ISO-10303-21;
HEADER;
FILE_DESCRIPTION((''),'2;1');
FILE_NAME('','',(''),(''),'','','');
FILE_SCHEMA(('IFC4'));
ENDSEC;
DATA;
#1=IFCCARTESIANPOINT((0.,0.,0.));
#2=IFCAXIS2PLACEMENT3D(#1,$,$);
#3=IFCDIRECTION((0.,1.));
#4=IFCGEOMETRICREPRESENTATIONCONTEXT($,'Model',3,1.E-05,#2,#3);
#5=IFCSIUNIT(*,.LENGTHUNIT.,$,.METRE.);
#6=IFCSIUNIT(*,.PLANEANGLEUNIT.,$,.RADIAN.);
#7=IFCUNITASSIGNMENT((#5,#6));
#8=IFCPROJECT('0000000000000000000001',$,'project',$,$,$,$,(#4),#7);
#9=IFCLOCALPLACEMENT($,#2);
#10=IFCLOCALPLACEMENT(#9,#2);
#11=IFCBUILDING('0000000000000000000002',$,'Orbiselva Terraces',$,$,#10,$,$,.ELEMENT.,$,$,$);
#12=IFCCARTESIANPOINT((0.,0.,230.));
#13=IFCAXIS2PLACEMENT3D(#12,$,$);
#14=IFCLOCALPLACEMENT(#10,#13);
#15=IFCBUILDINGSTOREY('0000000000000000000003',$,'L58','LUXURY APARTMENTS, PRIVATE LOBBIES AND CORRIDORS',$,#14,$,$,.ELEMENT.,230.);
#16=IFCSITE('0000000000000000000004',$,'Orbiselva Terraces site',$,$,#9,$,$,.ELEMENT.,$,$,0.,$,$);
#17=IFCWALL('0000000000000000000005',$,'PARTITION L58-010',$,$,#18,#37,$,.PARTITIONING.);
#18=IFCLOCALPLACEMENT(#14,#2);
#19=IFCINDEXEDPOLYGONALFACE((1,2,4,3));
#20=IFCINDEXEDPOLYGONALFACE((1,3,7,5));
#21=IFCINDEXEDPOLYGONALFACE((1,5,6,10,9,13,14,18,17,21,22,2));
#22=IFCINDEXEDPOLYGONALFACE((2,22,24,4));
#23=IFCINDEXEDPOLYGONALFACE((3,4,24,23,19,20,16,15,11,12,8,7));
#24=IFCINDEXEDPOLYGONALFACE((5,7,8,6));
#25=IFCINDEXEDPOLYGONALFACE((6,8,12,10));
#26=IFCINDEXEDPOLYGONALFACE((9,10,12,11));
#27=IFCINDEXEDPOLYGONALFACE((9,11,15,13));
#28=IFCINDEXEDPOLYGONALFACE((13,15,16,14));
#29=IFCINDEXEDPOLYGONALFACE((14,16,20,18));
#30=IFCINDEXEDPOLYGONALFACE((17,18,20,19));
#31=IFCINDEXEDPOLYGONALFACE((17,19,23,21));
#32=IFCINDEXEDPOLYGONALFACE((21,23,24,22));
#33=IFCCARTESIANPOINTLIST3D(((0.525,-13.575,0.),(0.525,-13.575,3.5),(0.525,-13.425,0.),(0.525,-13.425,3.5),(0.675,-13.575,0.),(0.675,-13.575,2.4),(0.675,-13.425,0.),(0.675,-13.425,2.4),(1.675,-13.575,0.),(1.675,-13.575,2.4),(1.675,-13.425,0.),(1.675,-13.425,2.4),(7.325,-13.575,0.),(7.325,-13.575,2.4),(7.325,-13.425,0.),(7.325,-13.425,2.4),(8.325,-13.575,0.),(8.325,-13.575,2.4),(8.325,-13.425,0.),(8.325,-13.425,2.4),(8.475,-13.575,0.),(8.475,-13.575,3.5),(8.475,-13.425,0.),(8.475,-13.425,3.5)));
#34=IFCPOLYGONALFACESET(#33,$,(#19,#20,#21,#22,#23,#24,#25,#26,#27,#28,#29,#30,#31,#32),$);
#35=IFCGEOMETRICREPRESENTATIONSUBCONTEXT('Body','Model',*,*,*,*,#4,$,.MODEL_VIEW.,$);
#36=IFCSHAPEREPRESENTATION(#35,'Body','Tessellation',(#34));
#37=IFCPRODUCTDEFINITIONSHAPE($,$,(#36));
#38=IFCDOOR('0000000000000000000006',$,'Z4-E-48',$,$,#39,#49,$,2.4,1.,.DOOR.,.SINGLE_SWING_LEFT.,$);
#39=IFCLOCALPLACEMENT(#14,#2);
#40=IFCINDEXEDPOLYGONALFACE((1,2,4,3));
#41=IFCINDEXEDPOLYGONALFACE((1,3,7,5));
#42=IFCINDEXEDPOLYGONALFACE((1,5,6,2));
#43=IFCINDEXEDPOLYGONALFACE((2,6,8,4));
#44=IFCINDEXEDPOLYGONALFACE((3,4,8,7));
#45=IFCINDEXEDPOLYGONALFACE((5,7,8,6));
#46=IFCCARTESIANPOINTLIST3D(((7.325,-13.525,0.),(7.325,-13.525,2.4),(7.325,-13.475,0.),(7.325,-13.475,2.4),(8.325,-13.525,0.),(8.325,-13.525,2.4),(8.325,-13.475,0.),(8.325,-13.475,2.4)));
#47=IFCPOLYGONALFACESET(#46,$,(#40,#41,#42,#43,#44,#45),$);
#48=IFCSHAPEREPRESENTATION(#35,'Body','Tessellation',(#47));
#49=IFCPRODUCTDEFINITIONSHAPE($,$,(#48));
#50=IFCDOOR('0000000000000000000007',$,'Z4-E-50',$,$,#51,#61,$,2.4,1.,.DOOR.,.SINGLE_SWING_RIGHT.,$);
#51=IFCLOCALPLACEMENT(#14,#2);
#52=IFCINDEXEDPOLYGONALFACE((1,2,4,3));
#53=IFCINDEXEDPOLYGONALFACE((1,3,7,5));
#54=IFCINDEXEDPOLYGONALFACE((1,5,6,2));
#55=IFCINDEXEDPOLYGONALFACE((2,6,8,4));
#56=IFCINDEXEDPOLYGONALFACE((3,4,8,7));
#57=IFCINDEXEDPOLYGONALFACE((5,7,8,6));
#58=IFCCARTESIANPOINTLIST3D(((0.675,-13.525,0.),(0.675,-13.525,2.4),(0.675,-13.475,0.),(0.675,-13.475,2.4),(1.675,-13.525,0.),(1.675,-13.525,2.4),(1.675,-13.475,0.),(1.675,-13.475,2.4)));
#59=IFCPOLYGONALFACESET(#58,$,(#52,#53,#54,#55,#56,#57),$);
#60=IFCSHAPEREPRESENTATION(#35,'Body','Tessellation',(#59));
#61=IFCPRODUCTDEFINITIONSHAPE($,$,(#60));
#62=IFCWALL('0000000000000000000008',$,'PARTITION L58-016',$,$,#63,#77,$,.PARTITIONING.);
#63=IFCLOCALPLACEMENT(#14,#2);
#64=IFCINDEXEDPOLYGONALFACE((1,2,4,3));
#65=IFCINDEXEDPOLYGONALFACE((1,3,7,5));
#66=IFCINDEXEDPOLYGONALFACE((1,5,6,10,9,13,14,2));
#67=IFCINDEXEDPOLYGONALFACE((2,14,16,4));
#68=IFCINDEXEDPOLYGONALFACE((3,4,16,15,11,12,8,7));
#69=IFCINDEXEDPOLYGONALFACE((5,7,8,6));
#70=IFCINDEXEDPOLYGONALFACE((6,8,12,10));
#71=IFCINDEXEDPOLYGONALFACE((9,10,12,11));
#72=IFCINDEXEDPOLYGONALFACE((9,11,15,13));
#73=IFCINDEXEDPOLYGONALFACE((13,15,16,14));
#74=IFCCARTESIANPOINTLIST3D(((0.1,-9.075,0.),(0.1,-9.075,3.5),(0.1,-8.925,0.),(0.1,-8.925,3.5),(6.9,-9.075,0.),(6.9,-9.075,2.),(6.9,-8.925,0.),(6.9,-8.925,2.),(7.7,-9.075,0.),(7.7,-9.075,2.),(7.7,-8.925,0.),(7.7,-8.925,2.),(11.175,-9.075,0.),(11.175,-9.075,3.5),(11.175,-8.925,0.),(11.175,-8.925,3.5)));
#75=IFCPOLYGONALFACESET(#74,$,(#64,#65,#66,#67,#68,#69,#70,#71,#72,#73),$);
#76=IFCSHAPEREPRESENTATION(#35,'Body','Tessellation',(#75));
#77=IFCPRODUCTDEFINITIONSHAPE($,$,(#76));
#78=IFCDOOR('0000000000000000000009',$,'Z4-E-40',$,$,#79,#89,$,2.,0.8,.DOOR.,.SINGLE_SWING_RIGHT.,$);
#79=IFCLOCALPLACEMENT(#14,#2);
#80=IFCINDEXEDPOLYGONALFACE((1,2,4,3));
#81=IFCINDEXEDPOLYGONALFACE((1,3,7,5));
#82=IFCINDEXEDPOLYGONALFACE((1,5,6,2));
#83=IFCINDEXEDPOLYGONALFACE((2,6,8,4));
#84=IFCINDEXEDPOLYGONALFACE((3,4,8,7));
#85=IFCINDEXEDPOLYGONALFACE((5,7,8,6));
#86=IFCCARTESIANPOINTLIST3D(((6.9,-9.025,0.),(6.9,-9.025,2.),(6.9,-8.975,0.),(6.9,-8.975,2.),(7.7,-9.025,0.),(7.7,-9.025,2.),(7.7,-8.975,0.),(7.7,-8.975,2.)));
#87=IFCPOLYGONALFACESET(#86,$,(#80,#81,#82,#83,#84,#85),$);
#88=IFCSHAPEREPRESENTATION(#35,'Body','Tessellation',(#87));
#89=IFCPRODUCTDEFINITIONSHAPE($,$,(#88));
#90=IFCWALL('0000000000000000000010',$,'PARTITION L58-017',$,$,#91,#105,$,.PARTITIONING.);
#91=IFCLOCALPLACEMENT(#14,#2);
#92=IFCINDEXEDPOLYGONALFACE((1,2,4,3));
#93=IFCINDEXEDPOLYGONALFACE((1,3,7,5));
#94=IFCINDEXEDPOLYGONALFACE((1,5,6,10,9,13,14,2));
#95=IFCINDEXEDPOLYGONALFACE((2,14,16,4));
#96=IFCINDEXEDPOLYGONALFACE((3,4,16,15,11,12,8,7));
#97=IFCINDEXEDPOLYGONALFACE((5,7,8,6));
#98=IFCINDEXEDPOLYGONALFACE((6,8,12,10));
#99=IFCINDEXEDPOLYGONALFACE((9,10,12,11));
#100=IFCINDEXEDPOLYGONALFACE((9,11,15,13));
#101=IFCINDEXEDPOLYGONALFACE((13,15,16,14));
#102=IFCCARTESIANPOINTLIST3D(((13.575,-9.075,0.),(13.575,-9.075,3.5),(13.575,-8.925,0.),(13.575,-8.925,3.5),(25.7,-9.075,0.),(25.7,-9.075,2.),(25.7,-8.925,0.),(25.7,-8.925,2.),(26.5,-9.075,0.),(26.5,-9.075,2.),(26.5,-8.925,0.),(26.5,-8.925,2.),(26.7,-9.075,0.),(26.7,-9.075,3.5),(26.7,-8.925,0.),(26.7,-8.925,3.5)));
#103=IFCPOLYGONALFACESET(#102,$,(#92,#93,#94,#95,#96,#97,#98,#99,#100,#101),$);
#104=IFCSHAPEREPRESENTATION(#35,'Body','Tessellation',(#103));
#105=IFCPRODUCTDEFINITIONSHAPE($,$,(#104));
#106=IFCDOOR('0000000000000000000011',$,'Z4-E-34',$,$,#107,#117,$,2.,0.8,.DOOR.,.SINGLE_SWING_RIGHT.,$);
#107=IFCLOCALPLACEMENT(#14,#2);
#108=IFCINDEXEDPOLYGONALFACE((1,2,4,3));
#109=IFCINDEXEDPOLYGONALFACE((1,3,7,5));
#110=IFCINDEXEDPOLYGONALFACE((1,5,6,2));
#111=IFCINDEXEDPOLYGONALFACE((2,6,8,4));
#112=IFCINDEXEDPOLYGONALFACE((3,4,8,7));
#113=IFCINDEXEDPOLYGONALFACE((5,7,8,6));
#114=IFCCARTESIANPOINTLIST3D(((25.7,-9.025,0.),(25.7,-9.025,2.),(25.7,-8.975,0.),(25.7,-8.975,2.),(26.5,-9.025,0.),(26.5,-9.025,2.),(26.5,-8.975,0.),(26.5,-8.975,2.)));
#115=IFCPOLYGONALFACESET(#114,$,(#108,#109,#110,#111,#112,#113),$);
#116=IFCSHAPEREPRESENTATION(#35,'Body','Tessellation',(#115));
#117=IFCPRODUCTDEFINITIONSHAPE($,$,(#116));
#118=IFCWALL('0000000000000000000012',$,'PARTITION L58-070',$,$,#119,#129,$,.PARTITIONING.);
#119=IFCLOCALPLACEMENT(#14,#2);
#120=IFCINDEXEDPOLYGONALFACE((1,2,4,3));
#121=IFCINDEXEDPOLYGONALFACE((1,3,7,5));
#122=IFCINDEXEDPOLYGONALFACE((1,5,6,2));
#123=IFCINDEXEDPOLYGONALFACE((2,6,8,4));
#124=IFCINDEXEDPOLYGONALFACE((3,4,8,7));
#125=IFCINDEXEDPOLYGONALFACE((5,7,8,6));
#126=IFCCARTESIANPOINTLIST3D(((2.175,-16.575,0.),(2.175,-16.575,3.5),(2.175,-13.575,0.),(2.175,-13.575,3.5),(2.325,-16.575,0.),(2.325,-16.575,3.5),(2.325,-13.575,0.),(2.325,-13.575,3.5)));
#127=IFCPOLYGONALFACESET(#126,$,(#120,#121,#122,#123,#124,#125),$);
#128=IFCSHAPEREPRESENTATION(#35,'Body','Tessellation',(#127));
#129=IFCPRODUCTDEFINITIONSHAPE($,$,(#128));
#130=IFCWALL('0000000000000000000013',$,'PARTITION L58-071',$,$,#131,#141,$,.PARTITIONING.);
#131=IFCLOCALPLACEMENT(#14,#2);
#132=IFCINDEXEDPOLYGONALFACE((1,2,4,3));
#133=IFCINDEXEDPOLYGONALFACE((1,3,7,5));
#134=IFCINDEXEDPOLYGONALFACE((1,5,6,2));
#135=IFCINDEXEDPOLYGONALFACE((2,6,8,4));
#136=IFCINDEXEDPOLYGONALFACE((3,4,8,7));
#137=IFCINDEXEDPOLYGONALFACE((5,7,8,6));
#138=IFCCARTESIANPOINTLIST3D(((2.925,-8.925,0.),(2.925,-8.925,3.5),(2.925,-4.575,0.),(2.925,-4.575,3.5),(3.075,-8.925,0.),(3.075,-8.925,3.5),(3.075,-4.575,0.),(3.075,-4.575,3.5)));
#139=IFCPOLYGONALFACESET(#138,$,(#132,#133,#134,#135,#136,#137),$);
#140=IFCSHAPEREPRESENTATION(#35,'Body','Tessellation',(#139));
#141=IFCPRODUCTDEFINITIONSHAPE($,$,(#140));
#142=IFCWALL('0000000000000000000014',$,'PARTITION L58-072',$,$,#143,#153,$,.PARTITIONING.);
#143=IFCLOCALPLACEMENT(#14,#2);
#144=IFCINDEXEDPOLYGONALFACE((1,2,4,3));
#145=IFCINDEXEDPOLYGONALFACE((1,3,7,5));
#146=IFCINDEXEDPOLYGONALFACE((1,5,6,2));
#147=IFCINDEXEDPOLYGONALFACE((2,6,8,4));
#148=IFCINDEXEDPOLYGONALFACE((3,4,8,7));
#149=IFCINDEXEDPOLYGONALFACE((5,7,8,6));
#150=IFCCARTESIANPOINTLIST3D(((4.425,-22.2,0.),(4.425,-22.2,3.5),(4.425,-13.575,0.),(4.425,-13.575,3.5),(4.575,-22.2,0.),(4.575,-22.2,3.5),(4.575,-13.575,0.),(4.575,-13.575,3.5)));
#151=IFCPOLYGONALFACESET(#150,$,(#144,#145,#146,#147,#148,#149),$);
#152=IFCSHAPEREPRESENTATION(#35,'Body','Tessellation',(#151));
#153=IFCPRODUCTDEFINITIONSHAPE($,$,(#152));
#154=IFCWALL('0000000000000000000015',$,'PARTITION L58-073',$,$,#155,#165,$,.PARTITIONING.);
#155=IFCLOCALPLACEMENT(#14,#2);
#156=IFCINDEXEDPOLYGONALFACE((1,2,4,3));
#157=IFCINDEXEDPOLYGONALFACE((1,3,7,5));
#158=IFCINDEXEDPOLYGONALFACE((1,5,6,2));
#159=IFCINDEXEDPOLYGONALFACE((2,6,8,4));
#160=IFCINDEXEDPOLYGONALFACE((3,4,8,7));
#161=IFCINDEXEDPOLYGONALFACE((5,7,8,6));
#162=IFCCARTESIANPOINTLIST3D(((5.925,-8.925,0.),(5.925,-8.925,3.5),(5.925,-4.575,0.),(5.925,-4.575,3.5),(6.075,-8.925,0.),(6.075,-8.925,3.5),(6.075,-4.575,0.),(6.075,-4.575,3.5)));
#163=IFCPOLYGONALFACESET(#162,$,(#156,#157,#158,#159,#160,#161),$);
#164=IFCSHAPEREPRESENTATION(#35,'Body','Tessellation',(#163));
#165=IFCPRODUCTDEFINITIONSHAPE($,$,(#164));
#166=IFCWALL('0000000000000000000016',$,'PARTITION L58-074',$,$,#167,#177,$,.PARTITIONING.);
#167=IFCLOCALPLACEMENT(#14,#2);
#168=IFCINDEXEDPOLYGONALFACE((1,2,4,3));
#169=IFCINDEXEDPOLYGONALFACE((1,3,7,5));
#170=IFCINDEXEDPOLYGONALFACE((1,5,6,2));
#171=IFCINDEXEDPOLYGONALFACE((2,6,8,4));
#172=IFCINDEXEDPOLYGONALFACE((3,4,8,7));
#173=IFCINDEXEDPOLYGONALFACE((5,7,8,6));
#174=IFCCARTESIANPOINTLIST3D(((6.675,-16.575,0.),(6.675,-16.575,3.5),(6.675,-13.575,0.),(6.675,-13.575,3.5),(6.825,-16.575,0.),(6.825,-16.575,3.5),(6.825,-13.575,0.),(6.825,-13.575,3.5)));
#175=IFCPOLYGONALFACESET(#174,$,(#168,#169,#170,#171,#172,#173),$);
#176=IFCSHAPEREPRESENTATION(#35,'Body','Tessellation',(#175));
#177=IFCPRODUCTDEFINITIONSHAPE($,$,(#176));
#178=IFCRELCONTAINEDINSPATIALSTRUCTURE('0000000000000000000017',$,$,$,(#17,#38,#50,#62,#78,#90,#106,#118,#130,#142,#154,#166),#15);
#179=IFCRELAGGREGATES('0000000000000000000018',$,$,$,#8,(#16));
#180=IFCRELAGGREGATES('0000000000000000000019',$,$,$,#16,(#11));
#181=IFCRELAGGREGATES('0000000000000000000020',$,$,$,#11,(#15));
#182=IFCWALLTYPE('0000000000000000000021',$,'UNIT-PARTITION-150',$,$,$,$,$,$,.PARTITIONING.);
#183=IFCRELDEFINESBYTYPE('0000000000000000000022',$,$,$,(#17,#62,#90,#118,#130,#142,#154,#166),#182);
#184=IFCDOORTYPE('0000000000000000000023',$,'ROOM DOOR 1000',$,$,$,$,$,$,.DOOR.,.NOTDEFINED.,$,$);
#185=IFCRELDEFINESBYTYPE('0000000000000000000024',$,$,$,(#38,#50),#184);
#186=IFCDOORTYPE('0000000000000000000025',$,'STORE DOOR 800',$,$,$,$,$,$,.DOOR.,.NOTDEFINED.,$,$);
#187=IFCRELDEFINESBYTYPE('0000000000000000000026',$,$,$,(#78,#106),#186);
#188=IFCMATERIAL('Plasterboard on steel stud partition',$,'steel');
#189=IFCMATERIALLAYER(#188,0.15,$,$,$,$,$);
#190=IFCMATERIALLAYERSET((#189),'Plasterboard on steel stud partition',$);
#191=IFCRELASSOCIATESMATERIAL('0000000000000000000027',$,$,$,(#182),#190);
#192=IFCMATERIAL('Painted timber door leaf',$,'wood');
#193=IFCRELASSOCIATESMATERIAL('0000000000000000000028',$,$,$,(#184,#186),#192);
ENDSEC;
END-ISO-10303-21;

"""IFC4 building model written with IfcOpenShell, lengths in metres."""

from ifc_helpers import new_model, si_unit, direction, frame, frame_2d, origin, place, context, subcontext, project, spatial, rectangle, extrude, material, layer, layer_set, type_object, element, fill, save


model = new_model("IFC4")

# Units and contexts
model_context = context("Model", 3, precision=1e-05, world=origin(), true_north=direction((0.0, 1.0)))
body_context = subcontext(model_context, "Body", "Model", "MODEL_VIEW")
ifc_project = project(units=[si_unit("LENGTHUNIT", "METRE"), si_unit("PLANEANGLEUNIT", "RADIAN")], contexts=[model_context])

# Site, building, storey
site_placement = place(None, origin())
site = spatial("IfcSite", under=ifc_project, at=site_placement, Name="Orbiselva Terraces site", CompositionType="ELEMENT", RefElevation=0.0)
building_placement = place(site_placement, origin())
building = spatial("IfcBuilding", under=site, at=building_placement, Name="Orbiselva Terraces", CompositionType="ELEMENT")
storey_placement = place(building_placement, frame((0.0, 0.0, 230.0)))
storey = spatial("IfcBuildingStorey", under=building, at=storey_placement, Name="L58", Description="LUXURY APARTMENTS, PRIVATE LOBBIES AND CORRIDORS", CompositionType="ELEMENT", Elevation=230.0)

# Shared definitions
ifc_material_1 = material(Name="Plasterboard on steel stud partition", Category="steel")

# Shared definitions
ifc_layer_1 = layer(ifc_material_1, 0.15)
ifc_layer_set_1 = layer_set([ifc_layer_1], Name="Plasterboard on steel stud partition")
wall_type_1 = type_object("IfcWallType", Name="UNIT-PARTITION-150", PredefinedType="PARTITIONING", material=ifc_layer_set_1)
ifc_material_2 = material(Name="Painted timber door leaf", Category="wood")

# Wall, openings, doors
wall_1_placement = place(storey_placement, frame((8.475, -13.5, 0.0), z_axis=(0.0, 0.0, 1.0), x_axis=(-1.0, 0.0, 0.0)))
wall_1 = element("IfcWall", 1, at=wall_1_placement, inside=storey, type_object=wall_type_1, Name="PARTITION L58-010", PredefinedType="PARTITIONING", context=body_context, shape_type="SweptSolid", body=[
    extrude(rectangle(XDim=7.95, YDim=0.15, at=frame_2d((3.975, 0.0))), origin(), (0.0, 0.0, 1.0), 3.5),
])
opening_1_placement = place(wall_1_placement, frame((0.15, 0.0, 0.0)))
opening_1 = element("IfcOpeningElement", 2, at=opening_1_placement, cuts=wall_1, PredefinedType="OPENING", context=body_context, shape_type="SweptSolid", body=[
    extrude(rectangle(XDim=1.0, YDim=2.4, at=frame_2d((0.5, 1.2))), frame((0.0, 0.085, 0.0), z_axis=(0.0, -1.0, 0.0), x_axis=(1.0, 0.0, 0.0)), (0.0, 0.0, 1.0), 0.17),
])
opening_2_placement = place(wall_1_placement, frame((6.8, 0.0, 0.0)))
opening_2 = element("IfcOpeningElement", 3, at=opening_2_placement, cuts=wall_1, PredefinedType="OPENING", context=body_context, shape_type="SweptSolid", body=[
    extrude(rectangle(XDim=1.0, YDim=2.4, at=frame_2d((0.5, 1.2))), frame((0.0, 0.085, 0.0), z_axis=(0.0, -1.0, 0.0), x_axis=(1.0, 0.0, 0.0)), (0.0, 0.0, 1.0), 0.17),
])
door_type_1 = type_object("IfcDoorType", Name="ROOM DOOR 1000", OperationType="NOTDEFINED", PredefinedType="DOOR", material=ifc_material_2)
door_1_placement = place(opening_1_placement, origin())
door_1 = element("IfcDoor", 4, at=door_1_placement, inside=storey, type_object=door_type_1, Name="Z4-E-48", OperationType="SINGLE_SWING_LEFT", OverallHeight=2.4, OverallWidth=1.0, PredefinedType="DOOR", context=body_context, shape_type="SweptSolid", body=[
    extrude(rectangle(XDim=1.0, YDim=2.4, at=frame_2d((0.5, 1.2))), frame((0.0, 0.025, 0.0), z_axis=(0.0, -1.0, 0.0), x_axis=(1.0, 0.0, 0.0)), (0.0, 0.0, 1.0), 0.05),
])
fill(opening_1, door_1)
door_2_placement = place(opening_2_placement, origin())
door_2 = element("IfcDoor", 5, at=door_2_placement, inside=storey, type_object=door_type_1, Name="Z4-E-50", OperationType="SINGLE_SWING_RIGHT", OverallHeight=2.4, OverallWidth=1.0, PredefinedType="DOOR", context=body_context, shape_type="SweptSolid", body=[
    extrude(rectangle(XDim=1.0, YDim=2.4, at=frame_2d((0.5, 1.2))), frame((0.0, 0.025, 0.0), z_axis=(0.0, -1.0, 0.0), x_axis=(1.0, 0.0, 0.0)), (0.0, 0.0, 1.0), 0.05),
])
fill(opening_2, door_2)

# Walls, openings, doors
wall_2_placement = place(storey_placement, frame((0.1, -9.0, 0.0), z_axis=(0.0, 0.0, 1.0), x_axis=(1.0, 0.0, 0.0)))
wall_2 = element("IfcWall", 6, at=wall_2_placement, inside=storey, type_object=wall_type_1, Name="PARTITION L58-016", PredefinedType="PARTITIONING", context=body_context, shape_type="SweptSolid", body=[
    extrude(rectangle(XDim=11.075, YDim=0.15, at=frame_2d((5.5375, 0.0))), origin(), (0.0, 0.0, 1.0), 3.5),
])
opening_3_placement = place(wall_2_placement, frame((6.8, 0.0, 0.0)))
opening_3 = element("IfcOpeningElement", 7, at=opening_3_placement, cuts=wall_2, PredefinedType="OPENING", context=body_context, shape_type="SweptSolid", body=[
    extrude(rectangle(XDim=0.8, YDim=2.0, at=frame_2d((0.4, 1.0))), frame((0.0, 0.085, 0.0), z_axis=(0.0, -1.0, 0.0), x_axis=(1.0, 0.0, 0.0)), (0.0, 0.0, 1.0), 0.17),
])
door_type_2 = type_object("IfcDoorType", Name="STORE DOOR 800", OperationType="NOTDEFINED", PredefinedType="DOOR", material=ifc_material_2)
door_3_placement = place(opening_3_placement, origin())
door_3 = element("IfcDoor", 8, at=door_3_placement, inside=storey, type_object=door_type_2, Name="Z4-E-40", OperationType="SINGLE_SWING_RIGHT", OverallHeight=2.0, OverallWidth=0.8, PredefinedType="DOOR", context=body_context, shape_type="SweptSolid", body=[
    extrude(rectangle(XDim=0.8, YDim=2.0, at=frame_2d((0.4, 1.0))), frame((0.0, 0.025, 0.0), z_axis=(0.0, -1.0, 0.0), x_axis=(1.0, 0.0, 0.0)), (0.0, 0.0, 1.0), 0.05),
])
fill(opening_3, door_3)
wall_3_placement = place(storey_placement, frame((13.575, -9.0, 0.0), z_axis=(0.0, 0.0, 1.0), x_axis=(1.0, 0.0, 0.0)))
wall_3 = element("IfcWall", 9, at=wall_3_placement, inside=storey, type_object=wall_type_1, Name="PARTITION L58-017", PredefinedType="PARTITIONING", context=body_context, shape_type="SweptSolid", body=[
    extrude(rectangle(XDim=13.125, YDim=0.15, at=frame_2d((6.5625, 0.0))), origin(), (0.0, 0.0, 1.0), 3.5),
])
opening_4_placement = place(wall_3_placement, frame((12.125, 0.0, 0.0)))
opening_4 = element("IfcOpeningElement", 10, at=opening_4_placement, cuts=wall_3, PredefinedType="OPENING", context=body_context, shape_type="SweptSolid", body=[
    extrude(rectangle(XDim=0.8, YDim=2.0, at=frame_2d((0.4, 1.0))), frame((0.0, 0.085, 0.0), z_axis=(0.0, -1.0, 0.0), x_axis=(1.0, 0.0, 0.0)), (0.0, 0.0, 1.0), 0.17),
])
door_4_placement = place(opening_4_placement, origin())
door_4 = element("IfcDoor", 11, at=door_4_placement, inside=storey, type_object=door_type_2, Name="Z4-E-34", OperationType="SINGLE_SWING_RIGHT", OverallHeight=2.0, OverallWidth=0.8, PredefinedType="DOOR", context=body_context, shape_type="SweptSolid", body=[
    extrude(rectangle(XDim=0.8, YDim=2.0, at=frame_2d((0.4, 1.0))), frame((0.0, 0.025, 0.0), z_axis=(0.0, -1.0, 0.0), x_axis=(1.0, 0.0, 0.0)), (0.0, 0.0, 1.0), 0.05),
])
fill(opening_4, door_4)

# Walls
wall_4_placement = place(storey_placement, frame((2.25, -16.575, 0.0), z_axis=(0.0, 0.0, 1.0), x_axis=(0.0, 1.0, 0.0)))
element("IfcWall", 12, at=wall_4_placement, inside=storey, type_object=wall_type_1, Name="PARTITION L58-070", PredefinedType="PARTITIONING", context=body_context, shape_type="SweptSolid", body=[
    extrude(rectangle(XDim=3.0, YDim=0.15, at=frame_2d((1.5, 0.0))), origin(), (0.0, 0.0, 1.0), 3.5),
])
wall_5_placement = place(storey_placement, frame((3.0, -8.925, 0.0), z_axis=(0.0, 0.0, 1.0), x_axis=(0.0, 1.0, 0.0)))
element("IfcWall", 13, at=wall_5_placement, inside=storey, type_object=wall_type_1, Name="PARTITION L58-071", PredefinedType="PARTITIONING", context=body_context, shape_type="SweptSolid", body=[
    extrude(rectangle(XDim=4.35, YDim=0.15, at=frame_2d((2.175, 0.0))), origin(), (0.0, 0.0, 1.0), 3.5),
])
wall_6_placement = place(storey_placement, frame((4.5, -22.2, 0.0), z_axis=(0.0, 0.0, 1.0), x_axis=(0.0, 1.0, 0.0)))
element("IfcWall", 14, at=wall_6_placement, inside=storey, type_object=wall_type_1, Name="PARTITION L58-072", PredefinedType="PARTITIONING", context=body_context, shape_type="SweptSolid", body=[
    extrude(rectangle(XDim=8.625, YDim=0.15, at=frame_2d((4.3125, 0.0))), origin(), (0.0, 0.0, 1.0), 3.5),
])
wall_7_placement = place(storey_placement, frame((6.0, -8.925, 0.0), z_axis=(0.0, 0.0, 1.0), x_axis=(0.0, 1.0, 0.0)))
element("IfcWall", 15, at=wall_7_placement, inside=storey, type_object=wall_type_1, Name="PARTITION L58-073", PredefinedType="PARTITIONING", context=body_context, shape_type="SweptSolid", body=[
    extrude(rectangle(XDim=4.35, YDim=0.15, at=frame_2d((2.175, 0.0))), origin(), (0.0, 0.0, 1.0), 3.5),
])
wall_8_placement = place(storey_placement, frame((6.75, -16.575, 0.0), z_axis=(0.0, 0.0, 1.0), x_axis=(0.0, 1.0, 0.0)))
element("IfcWall", 16, at=wall_8_placement, inside=storey, type_object=wall_type_1, Name="PARTITION L58-074", PredefinedType="PARTITIONING", context=body_context, shape_type="SweptSolid", body=[
    extrude(rectangle(XDim=3.0, YDim=0.15, at=frame_2d((1.5, 0.0))), origin(), (0.0, 0.0, 1.0), 3.5),
])

save(model, "model.ifc")
